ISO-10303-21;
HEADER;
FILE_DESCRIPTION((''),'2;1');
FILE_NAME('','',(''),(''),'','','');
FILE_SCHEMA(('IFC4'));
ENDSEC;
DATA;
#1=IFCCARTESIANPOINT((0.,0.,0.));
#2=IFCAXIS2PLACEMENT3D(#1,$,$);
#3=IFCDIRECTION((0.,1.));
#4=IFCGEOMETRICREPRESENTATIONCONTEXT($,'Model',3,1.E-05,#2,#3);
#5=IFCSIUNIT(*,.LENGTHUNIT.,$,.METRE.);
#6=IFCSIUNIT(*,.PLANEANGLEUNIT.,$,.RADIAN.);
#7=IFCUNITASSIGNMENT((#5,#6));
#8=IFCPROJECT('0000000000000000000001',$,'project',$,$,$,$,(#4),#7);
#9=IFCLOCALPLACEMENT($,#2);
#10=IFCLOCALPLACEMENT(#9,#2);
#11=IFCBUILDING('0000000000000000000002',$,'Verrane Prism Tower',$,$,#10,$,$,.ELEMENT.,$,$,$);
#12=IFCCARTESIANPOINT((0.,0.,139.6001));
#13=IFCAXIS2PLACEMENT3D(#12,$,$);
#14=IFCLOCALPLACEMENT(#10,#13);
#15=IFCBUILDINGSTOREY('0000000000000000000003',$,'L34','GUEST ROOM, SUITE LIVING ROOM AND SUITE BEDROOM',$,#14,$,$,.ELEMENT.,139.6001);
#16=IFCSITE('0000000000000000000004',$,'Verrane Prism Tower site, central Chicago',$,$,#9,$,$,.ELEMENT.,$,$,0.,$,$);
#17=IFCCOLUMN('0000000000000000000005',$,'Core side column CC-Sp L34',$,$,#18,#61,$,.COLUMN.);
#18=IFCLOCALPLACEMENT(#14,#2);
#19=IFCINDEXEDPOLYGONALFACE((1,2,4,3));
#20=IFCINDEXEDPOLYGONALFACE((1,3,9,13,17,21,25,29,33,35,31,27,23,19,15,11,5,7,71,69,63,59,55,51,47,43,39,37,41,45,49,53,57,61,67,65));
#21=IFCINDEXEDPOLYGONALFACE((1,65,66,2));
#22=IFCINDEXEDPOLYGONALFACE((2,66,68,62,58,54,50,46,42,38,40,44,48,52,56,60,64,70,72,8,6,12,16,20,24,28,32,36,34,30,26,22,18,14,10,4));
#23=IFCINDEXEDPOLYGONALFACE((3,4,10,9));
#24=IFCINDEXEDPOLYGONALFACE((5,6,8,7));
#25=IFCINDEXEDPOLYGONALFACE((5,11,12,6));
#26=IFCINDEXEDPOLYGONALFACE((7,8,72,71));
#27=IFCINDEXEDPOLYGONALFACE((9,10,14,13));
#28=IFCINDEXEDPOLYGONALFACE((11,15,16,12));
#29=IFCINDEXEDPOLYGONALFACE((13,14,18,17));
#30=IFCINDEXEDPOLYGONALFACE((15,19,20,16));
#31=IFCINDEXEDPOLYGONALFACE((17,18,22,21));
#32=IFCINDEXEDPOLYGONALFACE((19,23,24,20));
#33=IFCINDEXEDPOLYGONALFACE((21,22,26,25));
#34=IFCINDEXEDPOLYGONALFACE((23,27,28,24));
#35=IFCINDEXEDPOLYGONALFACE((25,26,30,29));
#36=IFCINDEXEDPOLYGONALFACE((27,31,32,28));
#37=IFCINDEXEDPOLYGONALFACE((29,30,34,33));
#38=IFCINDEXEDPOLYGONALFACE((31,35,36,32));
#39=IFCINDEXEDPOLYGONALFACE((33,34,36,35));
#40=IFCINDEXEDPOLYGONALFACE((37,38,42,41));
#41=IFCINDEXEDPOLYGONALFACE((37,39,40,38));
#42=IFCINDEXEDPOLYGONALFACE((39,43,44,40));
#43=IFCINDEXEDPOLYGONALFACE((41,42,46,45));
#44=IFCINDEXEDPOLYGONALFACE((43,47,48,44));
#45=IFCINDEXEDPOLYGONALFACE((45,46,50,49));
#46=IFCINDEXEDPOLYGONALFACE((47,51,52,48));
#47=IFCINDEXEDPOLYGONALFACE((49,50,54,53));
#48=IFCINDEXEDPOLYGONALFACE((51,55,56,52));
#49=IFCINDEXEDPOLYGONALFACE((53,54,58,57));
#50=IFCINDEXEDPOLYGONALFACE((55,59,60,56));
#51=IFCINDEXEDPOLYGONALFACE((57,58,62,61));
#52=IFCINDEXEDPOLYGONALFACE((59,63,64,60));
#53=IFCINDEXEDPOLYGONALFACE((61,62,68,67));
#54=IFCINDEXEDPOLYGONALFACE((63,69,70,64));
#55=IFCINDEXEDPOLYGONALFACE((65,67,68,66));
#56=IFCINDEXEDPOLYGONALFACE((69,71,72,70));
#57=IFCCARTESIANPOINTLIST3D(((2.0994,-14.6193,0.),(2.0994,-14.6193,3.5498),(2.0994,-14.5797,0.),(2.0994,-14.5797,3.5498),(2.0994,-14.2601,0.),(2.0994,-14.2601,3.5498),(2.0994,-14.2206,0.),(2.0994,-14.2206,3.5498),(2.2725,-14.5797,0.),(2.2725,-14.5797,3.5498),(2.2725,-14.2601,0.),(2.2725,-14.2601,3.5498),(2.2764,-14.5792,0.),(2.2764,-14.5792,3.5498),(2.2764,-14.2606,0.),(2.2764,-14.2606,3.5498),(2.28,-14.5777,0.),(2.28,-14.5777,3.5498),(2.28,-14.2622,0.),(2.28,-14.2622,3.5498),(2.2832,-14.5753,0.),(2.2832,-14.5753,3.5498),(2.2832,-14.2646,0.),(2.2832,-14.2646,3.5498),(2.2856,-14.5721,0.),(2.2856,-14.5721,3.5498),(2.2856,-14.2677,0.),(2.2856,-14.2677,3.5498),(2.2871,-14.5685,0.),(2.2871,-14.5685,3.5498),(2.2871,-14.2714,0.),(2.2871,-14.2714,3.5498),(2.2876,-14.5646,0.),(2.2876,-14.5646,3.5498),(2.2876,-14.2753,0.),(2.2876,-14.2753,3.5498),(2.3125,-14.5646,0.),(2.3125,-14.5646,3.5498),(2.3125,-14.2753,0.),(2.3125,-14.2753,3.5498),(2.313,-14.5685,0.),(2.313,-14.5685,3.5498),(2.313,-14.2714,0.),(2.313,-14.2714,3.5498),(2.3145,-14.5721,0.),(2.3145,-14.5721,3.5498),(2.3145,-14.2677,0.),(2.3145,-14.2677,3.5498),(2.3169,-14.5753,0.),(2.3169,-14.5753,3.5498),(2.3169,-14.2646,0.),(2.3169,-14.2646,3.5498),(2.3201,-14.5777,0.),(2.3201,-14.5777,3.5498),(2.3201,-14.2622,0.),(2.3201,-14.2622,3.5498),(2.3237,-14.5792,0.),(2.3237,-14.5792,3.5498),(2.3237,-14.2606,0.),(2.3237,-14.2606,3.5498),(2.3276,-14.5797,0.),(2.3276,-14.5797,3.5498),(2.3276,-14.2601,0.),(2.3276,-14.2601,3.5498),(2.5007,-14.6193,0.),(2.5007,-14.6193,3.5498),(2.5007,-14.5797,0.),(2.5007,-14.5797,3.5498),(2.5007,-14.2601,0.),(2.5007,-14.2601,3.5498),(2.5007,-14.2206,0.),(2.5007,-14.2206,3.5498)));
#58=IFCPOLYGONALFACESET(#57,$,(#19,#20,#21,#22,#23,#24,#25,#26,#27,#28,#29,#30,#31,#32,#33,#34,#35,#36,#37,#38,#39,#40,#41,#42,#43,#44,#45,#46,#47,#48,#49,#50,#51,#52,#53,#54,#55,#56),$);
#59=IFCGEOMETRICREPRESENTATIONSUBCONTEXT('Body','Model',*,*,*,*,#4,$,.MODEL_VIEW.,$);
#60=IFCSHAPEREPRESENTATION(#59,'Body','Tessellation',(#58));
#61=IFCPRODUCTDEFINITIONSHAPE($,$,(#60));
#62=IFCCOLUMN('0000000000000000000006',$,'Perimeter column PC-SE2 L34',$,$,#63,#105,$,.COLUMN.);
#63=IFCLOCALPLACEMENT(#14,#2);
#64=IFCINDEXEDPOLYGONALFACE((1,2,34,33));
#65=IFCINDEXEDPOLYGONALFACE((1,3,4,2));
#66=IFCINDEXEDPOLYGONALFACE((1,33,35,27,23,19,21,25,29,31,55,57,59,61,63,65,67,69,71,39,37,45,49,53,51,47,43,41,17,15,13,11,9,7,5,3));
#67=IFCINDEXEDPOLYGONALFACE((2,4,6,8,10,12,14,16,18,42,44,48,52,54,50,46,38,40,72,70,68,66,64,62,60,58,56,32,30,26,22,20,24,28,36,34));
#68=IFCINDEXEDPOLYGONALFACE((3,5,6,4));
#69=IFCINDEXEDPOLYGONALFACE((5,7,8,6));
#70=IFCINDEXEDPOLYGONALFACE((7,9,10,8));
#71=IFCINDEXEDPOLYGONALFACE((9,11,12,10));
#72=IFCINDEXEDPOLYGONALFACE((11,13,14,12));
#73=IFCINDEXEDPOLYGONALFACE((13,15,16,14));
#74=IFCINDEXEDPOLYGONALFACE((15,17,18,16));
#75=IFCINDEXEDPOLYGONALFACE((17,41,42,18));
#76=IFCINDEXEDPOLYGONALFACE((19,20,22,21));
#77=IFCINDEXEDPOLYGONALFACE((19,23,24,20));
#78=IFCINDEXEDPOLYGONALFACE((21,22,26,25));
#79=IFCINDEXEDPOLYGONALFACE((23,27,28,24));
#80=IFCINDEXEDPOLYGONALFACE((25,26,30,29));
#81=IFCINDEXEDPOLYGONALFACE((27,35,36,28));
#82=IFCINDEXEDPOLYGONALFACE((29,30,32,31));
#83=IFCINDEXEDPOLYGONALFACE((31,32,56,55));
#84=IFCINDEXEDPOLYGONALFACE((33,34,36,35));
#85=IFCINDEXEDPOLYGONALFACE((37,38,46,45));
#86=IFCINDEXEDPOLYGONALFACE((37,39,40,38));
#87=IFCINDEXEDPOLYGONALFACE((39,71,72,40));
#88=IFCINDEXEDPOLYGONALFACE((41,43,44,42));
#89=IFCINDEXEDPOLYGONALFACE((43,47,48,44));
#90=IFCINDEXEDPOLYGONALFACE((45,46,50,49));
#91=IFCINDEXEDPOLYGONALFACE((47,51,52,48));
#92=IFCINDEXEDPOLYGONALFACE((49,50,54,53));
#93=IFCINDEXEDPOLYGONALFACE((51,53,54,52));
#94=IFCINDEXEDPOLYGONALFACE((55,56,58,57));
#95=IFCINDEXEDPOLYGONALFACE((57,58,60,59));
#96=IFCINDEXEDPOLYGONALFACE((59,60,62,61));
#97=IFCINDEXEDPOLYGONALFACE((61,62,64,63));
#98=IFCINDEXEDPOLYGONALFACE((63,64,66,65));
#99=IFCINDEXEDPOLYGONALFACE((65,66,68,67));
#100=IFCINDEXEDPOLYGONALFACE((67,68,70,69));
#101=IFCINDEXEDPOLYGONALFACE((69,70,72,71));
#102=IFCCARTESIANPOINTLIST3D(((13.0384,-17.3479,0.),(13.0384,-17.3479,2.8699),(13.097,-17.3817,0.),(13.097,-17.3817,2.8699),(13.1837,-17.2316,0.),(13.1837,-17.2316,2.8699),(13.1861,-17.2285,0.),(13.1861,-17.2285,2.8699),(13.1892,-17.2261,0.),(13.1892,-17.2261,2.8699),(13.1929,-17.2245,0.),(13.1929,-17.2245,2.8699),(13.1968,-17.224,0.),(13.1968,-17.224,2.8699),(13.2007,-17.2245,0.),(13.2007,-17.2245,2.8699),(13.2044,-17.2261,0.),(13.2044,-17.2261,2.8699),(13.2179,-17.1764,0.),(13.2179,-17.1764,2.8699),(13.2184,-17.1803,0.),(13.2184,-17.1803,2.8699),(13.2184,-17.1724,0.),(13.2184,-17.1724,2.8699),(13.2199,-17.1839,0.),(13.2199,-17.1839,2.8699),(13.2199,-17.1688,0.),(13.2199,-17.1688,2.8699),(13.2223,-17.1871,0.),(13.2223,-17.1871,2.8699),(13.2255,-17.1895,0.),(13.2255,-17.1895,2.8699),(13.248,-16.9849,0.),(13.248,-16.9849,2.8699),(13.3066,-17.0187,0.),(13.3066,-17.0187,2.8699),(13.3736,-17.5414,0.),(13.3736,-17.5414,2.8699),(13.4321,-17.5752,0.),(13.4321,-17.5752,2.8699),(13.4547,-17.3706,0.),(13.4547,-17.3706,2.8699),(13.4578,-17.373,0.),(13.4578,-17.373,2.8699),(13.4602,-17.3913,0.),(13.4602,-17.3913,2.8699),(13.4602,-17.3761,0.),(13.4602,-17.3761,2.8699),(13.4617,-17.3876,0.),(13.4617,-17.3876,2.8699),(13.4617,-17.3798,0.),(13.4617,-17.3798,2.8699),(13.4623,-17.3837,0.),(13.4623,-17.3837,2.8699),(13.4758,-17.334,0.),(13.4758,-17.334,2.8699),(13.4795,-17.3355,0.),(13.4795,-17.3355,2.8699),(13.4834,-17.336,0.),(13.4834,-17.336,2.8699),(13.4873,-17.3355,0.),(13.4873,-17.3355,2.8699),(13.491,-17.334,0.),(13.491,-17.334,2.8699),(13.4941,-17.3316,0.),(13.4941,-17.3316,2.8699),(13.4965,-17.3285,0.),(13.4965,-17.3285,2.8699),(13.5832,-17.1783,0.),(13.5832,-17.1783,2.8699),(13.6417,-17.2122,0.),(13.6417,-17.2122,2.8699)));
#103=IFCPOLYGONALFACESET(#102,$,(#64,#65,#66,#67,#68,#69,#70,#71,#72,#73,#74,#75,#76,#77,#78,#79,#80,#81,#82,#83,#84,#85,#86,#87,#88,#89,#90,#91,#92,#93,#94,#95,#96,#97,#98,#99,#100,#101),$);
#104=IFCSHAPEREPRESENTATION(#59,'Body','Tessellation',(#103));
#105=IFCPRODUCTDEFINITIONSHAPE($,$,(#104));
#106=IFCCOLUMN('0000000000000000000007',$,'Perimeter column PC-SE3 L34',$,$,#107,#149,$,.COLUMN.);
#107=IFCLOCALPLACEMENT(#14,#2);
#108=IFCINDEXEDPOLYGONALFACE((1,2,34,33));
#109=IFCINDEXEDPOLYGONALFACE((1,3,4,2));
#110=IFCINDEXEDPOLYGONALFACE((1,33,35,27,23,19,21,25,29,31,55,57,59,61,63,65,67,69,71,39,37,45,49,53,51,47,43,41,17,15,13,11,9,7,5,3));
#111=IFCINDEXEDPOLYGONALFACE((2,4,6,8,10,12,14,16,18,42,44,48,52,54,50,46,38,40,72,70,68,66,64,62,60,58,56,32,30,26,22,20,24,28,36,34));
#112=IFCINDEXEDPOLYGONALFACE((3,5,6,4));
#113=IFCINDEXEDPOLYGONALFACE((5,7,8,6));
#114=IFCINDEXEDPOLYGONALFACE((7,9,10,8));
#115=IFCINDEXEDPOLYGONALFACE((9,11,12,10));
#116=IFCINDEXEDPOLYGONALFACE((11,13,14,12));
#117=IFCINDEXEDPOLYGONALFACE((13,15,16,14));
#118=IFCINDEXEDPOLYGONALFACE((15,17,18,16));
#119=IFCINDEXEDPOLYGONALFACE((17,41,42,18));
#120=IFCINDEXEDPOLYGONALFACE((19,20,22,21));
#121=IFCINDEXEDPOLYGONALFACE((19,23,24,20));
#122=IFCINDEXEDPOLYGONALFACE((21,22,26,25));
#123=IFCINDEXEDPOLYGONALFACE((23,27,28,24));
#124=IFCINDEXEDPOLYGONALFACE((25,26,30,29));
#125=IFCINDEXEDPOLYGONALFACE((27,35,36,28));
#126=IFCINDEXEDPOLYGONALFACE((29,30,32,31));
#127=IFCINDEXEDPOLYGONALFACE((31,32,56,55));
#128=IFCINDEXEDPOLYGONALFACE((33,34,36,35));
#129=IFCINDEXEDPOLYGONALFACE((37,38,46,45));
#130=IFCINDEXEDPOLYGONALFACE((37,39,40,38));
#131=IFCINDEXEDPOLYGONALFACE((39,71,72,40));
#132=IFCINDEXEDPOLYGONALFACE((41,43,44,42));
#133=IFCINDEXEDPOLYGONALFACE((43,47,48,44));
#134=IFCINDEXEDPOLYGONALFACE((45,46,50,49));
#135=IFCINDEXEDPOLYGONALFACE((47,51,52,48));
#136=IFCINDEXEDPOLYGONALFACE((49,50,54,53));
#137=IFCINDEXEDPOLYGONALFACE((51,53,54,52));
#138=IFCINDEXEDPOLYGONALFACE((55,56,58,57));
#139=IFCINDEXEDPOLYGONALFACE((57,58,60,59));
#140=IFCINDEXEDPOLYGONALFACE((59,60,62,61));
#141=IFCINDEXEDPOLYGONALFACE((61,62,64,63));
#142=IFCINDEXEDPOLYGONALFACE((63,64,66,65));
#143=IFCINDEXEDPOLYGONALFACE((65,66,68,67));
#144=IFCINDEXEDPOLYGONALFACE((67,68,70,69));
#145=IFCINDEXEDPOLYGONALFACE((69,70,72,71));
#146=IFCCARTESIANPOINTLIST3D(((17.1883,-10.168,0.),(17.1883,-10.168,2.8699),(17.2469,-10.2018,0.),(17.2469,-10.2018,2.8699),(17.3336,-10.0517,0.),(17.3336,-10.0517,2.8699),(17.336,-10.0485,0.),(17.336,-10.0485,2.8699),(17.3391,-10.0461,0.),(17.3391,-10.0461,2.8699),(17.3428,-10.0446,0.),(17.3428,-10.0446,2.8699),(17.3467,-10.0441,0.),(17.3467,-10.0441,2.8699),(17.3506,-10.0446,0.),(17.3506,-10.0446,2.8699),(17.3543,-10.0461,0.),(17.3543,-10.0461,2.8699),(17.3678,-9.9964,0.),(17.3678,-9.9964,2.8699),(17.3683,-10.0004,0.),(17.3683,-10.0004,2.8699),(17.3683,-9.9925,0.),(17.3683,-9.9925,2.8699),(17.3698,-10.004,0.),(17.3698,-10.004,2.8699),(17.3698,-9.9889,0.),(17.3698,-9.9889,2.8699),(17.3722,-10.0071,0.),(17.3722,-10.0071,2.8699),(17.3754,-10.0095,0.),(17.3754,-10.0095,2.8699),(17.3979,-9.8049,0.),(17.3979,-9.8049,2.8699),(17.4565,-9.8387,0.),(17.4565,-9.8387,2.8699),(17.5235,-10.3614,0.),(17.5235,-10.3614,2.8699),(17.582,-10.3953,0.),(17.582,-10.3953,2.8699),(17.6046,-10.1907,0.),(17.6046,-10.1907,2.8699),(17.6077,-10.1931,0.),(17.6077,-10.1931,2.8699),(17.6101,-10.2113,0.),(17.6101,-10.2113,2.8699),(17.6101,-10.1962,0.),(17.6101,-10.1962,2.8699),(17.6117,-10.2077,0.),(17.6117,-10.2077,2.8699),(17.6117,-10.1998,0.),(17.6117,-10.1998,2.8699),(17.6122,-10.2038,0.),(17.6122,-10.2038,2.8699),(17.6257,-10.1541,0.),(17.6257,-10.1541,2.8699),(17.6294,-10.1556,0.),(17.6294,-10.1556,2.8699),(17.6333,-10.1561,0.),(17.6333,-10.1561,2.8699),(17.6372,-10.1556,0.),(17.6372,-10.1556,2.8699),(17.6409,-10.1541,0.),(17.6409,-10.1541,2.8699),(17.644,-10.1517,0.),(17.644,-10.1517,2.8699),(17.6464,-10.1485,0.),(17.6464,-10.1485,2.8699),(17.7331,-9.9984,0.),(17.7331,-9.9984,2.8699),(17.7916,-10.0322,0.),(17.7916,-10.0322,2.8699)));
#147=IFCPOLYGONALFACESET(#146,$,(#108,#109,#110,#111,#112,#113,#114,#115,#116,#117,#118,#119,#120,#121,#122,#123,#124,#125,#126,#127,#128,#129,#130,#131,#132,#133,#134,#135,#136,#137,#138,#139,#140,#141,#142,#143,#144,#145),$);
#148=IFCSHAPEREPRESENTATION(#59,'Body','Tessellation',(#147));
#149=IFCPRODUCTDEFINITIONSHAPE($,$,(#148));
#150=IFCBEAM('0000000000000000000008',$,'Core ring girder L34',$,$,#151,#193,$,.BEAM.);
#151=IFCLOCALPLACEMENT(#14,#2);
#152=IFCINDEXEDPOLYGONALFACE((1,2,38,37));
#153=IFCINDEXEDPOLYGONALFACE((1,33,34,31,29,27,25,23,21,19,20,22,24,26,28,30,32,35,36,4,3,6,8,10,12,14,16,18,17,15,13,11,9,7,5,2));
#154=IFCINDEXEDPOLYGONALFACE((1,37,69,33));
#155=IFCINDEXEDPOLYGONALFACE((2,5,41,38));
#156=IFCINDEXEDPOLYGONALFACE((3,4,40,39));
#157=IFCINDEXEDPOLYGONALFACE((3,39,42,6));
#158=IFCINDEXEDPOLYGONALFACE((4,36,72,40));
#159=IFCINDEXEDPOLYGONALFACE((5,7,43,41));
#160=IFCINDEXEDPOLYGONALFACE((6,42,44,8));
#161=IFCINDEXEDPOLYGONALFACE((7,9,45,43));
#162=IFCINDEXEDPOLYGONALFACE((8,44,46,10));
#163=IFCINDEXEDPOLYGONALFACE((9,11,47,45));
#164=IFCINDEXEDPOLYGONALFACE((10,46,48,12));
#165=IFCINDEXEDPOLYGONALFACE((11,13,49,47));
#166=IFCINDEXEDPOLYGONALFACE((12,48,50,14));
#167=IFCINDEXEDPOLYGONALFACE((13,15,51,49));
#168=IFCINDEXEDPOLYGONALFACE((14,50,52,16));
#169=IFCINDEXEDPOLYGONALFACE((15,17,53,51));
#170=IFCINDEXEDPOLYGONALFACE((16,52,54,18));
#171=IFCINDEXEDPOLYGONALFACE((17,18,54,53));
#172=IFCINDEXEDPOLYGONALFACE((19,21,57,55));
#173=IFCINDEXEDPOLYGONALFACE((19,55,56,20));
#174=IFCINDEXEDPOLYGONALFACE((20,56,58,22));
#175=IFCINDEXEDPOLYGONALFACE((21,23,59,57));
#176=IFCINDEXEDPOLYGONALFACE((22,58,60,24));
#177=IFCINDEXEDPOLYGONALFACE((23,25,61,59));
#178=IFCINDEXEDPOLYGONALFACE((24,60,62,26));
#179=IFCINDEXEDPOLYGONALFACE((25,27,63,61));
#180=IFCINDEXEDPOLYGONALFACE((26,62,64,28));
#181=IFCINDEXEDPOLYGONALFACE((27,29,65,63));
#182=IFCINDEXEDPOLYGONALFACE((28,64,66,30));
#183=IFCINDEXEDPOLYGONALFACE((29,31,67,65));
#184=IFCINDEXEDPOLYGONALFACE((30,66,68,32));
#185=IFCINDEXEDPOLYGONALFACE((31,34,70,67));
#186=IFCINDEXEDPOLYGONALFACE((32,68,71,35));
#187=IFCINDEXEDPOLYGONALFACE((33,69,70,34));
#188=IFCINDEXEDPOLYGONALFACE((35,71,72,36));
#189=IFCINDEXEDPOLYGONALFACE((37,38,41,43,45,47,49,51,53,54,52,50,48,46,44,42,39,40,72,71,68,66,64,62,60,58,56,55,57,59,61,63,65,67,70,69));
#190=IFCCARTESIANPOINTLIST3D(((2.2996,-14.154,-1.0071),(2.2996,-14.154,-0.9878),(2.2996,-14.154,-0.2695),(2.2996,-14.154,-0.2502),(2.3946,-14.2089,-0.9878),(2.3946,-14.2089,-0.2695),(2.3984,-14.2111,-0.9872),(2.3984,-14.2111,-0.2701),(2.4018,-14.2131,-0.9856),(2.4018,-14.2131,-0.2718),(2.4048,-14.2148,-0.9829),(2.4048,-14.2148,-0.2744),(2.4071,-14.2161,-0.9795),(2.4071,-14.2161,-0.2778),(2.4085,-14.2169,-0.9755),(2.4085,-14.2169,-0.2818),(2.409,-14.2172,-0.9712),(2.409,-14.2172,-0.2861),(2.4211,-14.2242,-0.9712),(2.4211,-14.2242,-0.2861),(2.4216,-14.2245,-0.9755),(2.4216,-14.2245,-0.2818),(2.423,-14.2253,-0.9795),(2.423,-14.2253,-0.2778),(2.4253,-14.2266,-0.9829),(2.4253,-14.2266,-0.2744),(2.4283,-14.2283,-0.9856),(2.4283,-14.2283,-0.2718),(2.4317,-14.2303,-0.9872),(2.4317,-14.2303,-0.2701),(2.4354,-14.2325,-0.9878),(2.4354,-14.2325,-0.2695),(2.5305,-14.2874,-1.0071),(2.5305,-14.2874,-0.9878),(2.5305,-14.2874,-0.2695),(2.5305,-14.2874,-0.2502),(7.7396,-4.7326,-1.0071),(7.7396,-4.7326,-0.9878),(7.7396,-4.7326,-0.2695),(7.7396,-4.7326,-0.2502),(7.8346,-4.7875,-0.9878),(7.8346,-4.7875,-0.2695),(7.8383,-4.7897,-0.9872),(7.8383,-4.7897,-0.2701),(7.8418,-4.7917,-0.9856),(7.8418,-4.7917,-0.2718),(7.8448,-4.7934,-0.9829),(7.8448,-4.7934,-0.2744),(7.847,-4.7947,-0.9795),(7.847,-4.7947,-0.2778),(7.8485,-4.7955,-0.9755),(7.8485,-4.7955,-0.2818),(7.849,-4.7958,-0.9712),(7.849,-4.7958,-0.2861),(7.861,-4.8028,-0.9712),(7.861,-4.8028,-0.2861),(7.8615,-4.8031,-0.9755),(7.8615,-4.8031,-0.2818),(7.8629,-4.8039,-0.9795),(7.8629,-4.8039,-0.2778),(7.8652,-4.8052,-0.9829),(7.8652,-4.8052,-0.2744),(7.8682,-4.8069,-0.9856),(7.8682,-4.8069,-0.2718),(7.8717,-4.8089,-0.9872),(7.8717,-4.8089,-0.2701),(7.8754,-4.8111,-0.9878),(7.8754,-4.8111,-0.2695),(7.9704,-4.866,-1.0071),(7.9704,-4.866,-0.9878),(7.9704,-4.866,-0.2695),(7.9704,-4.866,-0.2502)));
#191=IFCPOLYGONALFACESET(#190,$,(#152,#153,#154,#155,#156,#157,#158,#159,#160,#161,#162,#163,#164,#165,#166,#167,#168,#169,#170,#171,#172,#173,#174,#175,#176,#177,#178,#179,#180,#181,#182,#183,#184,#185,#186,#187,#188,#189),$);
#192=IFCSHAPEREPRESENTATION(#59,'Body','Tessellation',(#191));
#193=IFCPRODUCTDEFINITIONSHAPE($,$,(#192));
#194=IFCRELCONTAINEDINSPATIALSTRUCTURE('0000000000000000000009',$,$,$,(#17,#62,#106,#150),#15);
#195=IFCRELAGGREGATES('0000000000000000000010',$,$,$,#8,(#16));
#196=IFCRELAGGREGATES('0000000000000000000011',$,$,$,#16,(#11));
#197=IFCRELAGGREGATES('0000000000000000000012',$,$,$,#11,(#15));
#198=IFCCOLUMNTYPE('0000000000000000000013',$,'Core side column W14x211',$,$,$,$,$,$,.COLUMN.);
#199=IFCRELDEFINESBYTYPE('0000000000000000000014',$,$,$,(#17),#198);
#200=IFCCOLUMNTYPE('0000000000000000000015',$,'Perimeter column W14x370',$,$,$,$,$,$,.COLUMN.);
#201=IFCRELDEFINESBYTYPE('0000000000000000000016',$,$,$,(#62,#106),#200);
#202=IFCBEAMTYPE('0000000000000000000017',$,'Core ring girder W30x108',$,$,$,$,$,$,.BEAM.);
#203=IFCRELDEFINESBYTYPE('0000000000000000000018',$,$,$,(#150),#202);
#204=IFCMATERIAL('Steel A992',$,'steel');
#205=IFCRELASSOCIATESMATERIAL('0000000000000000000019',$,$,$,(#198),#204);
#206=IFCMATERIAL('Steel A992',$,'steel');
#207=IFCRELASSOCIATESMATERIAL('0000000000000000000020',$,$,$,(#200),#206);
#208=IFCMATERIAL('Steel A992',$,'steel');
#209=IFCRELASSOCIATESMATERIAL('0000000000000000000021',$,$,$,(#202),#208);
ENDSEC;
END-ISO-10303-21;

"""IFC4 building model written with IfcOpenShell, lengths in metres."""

from ifc_helpers import new_model, si_unit, direction, frame, origin, origin_2d, place, context, subcontext, project, spatial, i_section, extrude, material, material_profile, profile_set, type_object, element, save


model = new_model("IFC4")

# Units and contexts
model_context = context("Model", 3, precision=1e-05, world=origin(), true_north=direction((0.0, 1.0)))
body_context = subcontext(model_context, "Body", "Model", "MODEL_VIEW")
ifc_project = project(units=[si_unit("LENGTHUNIT", "METRE"), si_unit("PLANEANGLEUNIT", "RADIAN")], contexts=[model_context])

# Site, building, storey
site_placement = place(None, origin())
site = spatial("IfcSite", under=ifc_project, at=site_placement, Name="Verrane Prism Tower site, central Chicago", CompositionType="ELEMENT", RefElevation=0.0)
building_placement = place(site_placement, origin())
building = spatial("IfcBuilding", under=site, at=building_placement, Name="Verrane Prism Tower", CompositionType="ELEMENT")
storey_placement = place(building_placement, frame((0.0, 0.0, 139.6001)))
storey = spatial("IfcBuildingStorey", under=building, at=storey_placement, Name="L34", Description="GUEST ROOM, SUITE LIVING ROOM AND SUITE BEDROOM", CompositionType="ELEMENT", Elevation=139.6001)

# Columns
ifc_material_1 = material(Name="Steel A992", Category="steel")
ifc_material_profile_1 = material_profile(ifc_material_1, i_section(OverallWidth=0.4014, OverallDepth=0.3987, WebThickness=0.0249, FlangeThickness=0.0396, FilletRadius=0.0151, at=origin_2d()), Name="W14x211")
ifc_profile_set_1 = profile_set([ifc_material_profile_1], Name="Steel A992")
column_type_1 = type_object("IfcColumnType", Name="Core side column W14x211", PredefinedType="COLUMN", material=ifc_profile_set_1)
column_placement = place(storey_placement, frame((2.3, -14.4199, 0.0), z_axis=(0.0, 0.0, 1.0), x_axis=(1.0, 0.0, 0.0)))
element("IfcColumn", 1, at=column_placement, inside=storey, type_object=column_type_1, Name="Core side column CC-Sp L34", PredefinedType="COLUMN", context=body_context, shape_type="SweptSolid", body=[
    extrude(i_section(OverallWidth=0.4014, OverallDepth=0.3987, WebThickness=0.0249, FlangeThickness=0.0396, FilletRadius=0.0151, at=origin_2d()), origin(), (0.0, 0.0, 1.0), 3.5498),
])
ifc_material_2 = material(Name="Steel A992", Category="steel")
ifc_material_profile_2 = material_profile(ifc_material_2, i_section(OverallWidth=0.4192, OverallDepth=0.4546, WebThickness=0.0422, FlangeThickness=0.0676, FilletRadius=0.0151, at=origin_2d()), Name="W14x370")
ifc_profile_set_2 = profile_set([ifc_material_profile_2], Name="Steel A992")
column_type_2 = type_object("IfcColumnType", Name="Perimeter column W14x370", PredefinedType="COLUMN", material=ifc_profile_set_2)
for number, where, z_axis, x_axis, name in (
    (2, (13.3401, -17.28, 0.0), (0.0, 0.0, 1.0), (-0.5, -0.866025, 0.0), "Perimeter column PC-SE2 L34"),
    (3, (17.49, -10.1001, 0.0), (0.0, 0.0, 1.0), (-0.5, -0.866025, 0.0), "Perimeter column PC-SE3 L34"),
):
    element("IfcColumn", number, at=place(storey_placement, frame(where, z_axis=z_axis, x_axis=x_axis)), inside=storey, type_object=column_type_2, Name=name, PredefinedType="COLUMN", context=body_context, shape_type="SweptSolid", body=[
        extrude(i_section(OverallWidth=0.4192, OverallDepth=0.4546, WebThickness=0.0422, FlangeThickness=0.0676, FilletRadius=0.0151, at=origin_2d()), origin(), (0.0, 0.0, 1.0), 2.8699),
    ])

# Beam
ifc_material_3 = material(Name="Steel A992", Category="steel")
ifc_material_profile_3 = material_profile(ifc_material_3, i_section(OverallWidth=0.2666, OverallDepth=0.7568, WebThickness=0.0139, FlangeThickness=0.0193, FilletRadius=0.0166, at=origin_2d()), Name="W30x108")
ifc_profile_set_3 = profile_set([ifc_material_profile_3], Name="Steel A992")
beam_type_1 = type_object("IfcBeamType", Name="Core ring girder W30x108", PredefinedType="BEAM", material=ifc_profile_set_3)
beam_1_placement = place(storey_placement, frame((2.415, -14.2207, -0.6287), z_axis=(0.500035, 0.866005, 0.0), x_axis=(-0.866005, 0.500035, 0.0)))
element("IfcBeam", 4, at=beam_1_placement, inside=storey, type_object=beam_type_1, Name="Core ring girder L34", PredefinedType="BEAM", context=body_context, shape_type="SweptSolid", body=[
    extrude(i_section(OverallWidth=0.2666, OverallDepth=0.7568, WebThickness=0.0139, FlangeThickness=0.0193, FilletRadius=0.0166, at=origin_2d()), origin(), (0.0, 0.0, 1.0), 10.8792),
])

save(model, "model.ifc")
